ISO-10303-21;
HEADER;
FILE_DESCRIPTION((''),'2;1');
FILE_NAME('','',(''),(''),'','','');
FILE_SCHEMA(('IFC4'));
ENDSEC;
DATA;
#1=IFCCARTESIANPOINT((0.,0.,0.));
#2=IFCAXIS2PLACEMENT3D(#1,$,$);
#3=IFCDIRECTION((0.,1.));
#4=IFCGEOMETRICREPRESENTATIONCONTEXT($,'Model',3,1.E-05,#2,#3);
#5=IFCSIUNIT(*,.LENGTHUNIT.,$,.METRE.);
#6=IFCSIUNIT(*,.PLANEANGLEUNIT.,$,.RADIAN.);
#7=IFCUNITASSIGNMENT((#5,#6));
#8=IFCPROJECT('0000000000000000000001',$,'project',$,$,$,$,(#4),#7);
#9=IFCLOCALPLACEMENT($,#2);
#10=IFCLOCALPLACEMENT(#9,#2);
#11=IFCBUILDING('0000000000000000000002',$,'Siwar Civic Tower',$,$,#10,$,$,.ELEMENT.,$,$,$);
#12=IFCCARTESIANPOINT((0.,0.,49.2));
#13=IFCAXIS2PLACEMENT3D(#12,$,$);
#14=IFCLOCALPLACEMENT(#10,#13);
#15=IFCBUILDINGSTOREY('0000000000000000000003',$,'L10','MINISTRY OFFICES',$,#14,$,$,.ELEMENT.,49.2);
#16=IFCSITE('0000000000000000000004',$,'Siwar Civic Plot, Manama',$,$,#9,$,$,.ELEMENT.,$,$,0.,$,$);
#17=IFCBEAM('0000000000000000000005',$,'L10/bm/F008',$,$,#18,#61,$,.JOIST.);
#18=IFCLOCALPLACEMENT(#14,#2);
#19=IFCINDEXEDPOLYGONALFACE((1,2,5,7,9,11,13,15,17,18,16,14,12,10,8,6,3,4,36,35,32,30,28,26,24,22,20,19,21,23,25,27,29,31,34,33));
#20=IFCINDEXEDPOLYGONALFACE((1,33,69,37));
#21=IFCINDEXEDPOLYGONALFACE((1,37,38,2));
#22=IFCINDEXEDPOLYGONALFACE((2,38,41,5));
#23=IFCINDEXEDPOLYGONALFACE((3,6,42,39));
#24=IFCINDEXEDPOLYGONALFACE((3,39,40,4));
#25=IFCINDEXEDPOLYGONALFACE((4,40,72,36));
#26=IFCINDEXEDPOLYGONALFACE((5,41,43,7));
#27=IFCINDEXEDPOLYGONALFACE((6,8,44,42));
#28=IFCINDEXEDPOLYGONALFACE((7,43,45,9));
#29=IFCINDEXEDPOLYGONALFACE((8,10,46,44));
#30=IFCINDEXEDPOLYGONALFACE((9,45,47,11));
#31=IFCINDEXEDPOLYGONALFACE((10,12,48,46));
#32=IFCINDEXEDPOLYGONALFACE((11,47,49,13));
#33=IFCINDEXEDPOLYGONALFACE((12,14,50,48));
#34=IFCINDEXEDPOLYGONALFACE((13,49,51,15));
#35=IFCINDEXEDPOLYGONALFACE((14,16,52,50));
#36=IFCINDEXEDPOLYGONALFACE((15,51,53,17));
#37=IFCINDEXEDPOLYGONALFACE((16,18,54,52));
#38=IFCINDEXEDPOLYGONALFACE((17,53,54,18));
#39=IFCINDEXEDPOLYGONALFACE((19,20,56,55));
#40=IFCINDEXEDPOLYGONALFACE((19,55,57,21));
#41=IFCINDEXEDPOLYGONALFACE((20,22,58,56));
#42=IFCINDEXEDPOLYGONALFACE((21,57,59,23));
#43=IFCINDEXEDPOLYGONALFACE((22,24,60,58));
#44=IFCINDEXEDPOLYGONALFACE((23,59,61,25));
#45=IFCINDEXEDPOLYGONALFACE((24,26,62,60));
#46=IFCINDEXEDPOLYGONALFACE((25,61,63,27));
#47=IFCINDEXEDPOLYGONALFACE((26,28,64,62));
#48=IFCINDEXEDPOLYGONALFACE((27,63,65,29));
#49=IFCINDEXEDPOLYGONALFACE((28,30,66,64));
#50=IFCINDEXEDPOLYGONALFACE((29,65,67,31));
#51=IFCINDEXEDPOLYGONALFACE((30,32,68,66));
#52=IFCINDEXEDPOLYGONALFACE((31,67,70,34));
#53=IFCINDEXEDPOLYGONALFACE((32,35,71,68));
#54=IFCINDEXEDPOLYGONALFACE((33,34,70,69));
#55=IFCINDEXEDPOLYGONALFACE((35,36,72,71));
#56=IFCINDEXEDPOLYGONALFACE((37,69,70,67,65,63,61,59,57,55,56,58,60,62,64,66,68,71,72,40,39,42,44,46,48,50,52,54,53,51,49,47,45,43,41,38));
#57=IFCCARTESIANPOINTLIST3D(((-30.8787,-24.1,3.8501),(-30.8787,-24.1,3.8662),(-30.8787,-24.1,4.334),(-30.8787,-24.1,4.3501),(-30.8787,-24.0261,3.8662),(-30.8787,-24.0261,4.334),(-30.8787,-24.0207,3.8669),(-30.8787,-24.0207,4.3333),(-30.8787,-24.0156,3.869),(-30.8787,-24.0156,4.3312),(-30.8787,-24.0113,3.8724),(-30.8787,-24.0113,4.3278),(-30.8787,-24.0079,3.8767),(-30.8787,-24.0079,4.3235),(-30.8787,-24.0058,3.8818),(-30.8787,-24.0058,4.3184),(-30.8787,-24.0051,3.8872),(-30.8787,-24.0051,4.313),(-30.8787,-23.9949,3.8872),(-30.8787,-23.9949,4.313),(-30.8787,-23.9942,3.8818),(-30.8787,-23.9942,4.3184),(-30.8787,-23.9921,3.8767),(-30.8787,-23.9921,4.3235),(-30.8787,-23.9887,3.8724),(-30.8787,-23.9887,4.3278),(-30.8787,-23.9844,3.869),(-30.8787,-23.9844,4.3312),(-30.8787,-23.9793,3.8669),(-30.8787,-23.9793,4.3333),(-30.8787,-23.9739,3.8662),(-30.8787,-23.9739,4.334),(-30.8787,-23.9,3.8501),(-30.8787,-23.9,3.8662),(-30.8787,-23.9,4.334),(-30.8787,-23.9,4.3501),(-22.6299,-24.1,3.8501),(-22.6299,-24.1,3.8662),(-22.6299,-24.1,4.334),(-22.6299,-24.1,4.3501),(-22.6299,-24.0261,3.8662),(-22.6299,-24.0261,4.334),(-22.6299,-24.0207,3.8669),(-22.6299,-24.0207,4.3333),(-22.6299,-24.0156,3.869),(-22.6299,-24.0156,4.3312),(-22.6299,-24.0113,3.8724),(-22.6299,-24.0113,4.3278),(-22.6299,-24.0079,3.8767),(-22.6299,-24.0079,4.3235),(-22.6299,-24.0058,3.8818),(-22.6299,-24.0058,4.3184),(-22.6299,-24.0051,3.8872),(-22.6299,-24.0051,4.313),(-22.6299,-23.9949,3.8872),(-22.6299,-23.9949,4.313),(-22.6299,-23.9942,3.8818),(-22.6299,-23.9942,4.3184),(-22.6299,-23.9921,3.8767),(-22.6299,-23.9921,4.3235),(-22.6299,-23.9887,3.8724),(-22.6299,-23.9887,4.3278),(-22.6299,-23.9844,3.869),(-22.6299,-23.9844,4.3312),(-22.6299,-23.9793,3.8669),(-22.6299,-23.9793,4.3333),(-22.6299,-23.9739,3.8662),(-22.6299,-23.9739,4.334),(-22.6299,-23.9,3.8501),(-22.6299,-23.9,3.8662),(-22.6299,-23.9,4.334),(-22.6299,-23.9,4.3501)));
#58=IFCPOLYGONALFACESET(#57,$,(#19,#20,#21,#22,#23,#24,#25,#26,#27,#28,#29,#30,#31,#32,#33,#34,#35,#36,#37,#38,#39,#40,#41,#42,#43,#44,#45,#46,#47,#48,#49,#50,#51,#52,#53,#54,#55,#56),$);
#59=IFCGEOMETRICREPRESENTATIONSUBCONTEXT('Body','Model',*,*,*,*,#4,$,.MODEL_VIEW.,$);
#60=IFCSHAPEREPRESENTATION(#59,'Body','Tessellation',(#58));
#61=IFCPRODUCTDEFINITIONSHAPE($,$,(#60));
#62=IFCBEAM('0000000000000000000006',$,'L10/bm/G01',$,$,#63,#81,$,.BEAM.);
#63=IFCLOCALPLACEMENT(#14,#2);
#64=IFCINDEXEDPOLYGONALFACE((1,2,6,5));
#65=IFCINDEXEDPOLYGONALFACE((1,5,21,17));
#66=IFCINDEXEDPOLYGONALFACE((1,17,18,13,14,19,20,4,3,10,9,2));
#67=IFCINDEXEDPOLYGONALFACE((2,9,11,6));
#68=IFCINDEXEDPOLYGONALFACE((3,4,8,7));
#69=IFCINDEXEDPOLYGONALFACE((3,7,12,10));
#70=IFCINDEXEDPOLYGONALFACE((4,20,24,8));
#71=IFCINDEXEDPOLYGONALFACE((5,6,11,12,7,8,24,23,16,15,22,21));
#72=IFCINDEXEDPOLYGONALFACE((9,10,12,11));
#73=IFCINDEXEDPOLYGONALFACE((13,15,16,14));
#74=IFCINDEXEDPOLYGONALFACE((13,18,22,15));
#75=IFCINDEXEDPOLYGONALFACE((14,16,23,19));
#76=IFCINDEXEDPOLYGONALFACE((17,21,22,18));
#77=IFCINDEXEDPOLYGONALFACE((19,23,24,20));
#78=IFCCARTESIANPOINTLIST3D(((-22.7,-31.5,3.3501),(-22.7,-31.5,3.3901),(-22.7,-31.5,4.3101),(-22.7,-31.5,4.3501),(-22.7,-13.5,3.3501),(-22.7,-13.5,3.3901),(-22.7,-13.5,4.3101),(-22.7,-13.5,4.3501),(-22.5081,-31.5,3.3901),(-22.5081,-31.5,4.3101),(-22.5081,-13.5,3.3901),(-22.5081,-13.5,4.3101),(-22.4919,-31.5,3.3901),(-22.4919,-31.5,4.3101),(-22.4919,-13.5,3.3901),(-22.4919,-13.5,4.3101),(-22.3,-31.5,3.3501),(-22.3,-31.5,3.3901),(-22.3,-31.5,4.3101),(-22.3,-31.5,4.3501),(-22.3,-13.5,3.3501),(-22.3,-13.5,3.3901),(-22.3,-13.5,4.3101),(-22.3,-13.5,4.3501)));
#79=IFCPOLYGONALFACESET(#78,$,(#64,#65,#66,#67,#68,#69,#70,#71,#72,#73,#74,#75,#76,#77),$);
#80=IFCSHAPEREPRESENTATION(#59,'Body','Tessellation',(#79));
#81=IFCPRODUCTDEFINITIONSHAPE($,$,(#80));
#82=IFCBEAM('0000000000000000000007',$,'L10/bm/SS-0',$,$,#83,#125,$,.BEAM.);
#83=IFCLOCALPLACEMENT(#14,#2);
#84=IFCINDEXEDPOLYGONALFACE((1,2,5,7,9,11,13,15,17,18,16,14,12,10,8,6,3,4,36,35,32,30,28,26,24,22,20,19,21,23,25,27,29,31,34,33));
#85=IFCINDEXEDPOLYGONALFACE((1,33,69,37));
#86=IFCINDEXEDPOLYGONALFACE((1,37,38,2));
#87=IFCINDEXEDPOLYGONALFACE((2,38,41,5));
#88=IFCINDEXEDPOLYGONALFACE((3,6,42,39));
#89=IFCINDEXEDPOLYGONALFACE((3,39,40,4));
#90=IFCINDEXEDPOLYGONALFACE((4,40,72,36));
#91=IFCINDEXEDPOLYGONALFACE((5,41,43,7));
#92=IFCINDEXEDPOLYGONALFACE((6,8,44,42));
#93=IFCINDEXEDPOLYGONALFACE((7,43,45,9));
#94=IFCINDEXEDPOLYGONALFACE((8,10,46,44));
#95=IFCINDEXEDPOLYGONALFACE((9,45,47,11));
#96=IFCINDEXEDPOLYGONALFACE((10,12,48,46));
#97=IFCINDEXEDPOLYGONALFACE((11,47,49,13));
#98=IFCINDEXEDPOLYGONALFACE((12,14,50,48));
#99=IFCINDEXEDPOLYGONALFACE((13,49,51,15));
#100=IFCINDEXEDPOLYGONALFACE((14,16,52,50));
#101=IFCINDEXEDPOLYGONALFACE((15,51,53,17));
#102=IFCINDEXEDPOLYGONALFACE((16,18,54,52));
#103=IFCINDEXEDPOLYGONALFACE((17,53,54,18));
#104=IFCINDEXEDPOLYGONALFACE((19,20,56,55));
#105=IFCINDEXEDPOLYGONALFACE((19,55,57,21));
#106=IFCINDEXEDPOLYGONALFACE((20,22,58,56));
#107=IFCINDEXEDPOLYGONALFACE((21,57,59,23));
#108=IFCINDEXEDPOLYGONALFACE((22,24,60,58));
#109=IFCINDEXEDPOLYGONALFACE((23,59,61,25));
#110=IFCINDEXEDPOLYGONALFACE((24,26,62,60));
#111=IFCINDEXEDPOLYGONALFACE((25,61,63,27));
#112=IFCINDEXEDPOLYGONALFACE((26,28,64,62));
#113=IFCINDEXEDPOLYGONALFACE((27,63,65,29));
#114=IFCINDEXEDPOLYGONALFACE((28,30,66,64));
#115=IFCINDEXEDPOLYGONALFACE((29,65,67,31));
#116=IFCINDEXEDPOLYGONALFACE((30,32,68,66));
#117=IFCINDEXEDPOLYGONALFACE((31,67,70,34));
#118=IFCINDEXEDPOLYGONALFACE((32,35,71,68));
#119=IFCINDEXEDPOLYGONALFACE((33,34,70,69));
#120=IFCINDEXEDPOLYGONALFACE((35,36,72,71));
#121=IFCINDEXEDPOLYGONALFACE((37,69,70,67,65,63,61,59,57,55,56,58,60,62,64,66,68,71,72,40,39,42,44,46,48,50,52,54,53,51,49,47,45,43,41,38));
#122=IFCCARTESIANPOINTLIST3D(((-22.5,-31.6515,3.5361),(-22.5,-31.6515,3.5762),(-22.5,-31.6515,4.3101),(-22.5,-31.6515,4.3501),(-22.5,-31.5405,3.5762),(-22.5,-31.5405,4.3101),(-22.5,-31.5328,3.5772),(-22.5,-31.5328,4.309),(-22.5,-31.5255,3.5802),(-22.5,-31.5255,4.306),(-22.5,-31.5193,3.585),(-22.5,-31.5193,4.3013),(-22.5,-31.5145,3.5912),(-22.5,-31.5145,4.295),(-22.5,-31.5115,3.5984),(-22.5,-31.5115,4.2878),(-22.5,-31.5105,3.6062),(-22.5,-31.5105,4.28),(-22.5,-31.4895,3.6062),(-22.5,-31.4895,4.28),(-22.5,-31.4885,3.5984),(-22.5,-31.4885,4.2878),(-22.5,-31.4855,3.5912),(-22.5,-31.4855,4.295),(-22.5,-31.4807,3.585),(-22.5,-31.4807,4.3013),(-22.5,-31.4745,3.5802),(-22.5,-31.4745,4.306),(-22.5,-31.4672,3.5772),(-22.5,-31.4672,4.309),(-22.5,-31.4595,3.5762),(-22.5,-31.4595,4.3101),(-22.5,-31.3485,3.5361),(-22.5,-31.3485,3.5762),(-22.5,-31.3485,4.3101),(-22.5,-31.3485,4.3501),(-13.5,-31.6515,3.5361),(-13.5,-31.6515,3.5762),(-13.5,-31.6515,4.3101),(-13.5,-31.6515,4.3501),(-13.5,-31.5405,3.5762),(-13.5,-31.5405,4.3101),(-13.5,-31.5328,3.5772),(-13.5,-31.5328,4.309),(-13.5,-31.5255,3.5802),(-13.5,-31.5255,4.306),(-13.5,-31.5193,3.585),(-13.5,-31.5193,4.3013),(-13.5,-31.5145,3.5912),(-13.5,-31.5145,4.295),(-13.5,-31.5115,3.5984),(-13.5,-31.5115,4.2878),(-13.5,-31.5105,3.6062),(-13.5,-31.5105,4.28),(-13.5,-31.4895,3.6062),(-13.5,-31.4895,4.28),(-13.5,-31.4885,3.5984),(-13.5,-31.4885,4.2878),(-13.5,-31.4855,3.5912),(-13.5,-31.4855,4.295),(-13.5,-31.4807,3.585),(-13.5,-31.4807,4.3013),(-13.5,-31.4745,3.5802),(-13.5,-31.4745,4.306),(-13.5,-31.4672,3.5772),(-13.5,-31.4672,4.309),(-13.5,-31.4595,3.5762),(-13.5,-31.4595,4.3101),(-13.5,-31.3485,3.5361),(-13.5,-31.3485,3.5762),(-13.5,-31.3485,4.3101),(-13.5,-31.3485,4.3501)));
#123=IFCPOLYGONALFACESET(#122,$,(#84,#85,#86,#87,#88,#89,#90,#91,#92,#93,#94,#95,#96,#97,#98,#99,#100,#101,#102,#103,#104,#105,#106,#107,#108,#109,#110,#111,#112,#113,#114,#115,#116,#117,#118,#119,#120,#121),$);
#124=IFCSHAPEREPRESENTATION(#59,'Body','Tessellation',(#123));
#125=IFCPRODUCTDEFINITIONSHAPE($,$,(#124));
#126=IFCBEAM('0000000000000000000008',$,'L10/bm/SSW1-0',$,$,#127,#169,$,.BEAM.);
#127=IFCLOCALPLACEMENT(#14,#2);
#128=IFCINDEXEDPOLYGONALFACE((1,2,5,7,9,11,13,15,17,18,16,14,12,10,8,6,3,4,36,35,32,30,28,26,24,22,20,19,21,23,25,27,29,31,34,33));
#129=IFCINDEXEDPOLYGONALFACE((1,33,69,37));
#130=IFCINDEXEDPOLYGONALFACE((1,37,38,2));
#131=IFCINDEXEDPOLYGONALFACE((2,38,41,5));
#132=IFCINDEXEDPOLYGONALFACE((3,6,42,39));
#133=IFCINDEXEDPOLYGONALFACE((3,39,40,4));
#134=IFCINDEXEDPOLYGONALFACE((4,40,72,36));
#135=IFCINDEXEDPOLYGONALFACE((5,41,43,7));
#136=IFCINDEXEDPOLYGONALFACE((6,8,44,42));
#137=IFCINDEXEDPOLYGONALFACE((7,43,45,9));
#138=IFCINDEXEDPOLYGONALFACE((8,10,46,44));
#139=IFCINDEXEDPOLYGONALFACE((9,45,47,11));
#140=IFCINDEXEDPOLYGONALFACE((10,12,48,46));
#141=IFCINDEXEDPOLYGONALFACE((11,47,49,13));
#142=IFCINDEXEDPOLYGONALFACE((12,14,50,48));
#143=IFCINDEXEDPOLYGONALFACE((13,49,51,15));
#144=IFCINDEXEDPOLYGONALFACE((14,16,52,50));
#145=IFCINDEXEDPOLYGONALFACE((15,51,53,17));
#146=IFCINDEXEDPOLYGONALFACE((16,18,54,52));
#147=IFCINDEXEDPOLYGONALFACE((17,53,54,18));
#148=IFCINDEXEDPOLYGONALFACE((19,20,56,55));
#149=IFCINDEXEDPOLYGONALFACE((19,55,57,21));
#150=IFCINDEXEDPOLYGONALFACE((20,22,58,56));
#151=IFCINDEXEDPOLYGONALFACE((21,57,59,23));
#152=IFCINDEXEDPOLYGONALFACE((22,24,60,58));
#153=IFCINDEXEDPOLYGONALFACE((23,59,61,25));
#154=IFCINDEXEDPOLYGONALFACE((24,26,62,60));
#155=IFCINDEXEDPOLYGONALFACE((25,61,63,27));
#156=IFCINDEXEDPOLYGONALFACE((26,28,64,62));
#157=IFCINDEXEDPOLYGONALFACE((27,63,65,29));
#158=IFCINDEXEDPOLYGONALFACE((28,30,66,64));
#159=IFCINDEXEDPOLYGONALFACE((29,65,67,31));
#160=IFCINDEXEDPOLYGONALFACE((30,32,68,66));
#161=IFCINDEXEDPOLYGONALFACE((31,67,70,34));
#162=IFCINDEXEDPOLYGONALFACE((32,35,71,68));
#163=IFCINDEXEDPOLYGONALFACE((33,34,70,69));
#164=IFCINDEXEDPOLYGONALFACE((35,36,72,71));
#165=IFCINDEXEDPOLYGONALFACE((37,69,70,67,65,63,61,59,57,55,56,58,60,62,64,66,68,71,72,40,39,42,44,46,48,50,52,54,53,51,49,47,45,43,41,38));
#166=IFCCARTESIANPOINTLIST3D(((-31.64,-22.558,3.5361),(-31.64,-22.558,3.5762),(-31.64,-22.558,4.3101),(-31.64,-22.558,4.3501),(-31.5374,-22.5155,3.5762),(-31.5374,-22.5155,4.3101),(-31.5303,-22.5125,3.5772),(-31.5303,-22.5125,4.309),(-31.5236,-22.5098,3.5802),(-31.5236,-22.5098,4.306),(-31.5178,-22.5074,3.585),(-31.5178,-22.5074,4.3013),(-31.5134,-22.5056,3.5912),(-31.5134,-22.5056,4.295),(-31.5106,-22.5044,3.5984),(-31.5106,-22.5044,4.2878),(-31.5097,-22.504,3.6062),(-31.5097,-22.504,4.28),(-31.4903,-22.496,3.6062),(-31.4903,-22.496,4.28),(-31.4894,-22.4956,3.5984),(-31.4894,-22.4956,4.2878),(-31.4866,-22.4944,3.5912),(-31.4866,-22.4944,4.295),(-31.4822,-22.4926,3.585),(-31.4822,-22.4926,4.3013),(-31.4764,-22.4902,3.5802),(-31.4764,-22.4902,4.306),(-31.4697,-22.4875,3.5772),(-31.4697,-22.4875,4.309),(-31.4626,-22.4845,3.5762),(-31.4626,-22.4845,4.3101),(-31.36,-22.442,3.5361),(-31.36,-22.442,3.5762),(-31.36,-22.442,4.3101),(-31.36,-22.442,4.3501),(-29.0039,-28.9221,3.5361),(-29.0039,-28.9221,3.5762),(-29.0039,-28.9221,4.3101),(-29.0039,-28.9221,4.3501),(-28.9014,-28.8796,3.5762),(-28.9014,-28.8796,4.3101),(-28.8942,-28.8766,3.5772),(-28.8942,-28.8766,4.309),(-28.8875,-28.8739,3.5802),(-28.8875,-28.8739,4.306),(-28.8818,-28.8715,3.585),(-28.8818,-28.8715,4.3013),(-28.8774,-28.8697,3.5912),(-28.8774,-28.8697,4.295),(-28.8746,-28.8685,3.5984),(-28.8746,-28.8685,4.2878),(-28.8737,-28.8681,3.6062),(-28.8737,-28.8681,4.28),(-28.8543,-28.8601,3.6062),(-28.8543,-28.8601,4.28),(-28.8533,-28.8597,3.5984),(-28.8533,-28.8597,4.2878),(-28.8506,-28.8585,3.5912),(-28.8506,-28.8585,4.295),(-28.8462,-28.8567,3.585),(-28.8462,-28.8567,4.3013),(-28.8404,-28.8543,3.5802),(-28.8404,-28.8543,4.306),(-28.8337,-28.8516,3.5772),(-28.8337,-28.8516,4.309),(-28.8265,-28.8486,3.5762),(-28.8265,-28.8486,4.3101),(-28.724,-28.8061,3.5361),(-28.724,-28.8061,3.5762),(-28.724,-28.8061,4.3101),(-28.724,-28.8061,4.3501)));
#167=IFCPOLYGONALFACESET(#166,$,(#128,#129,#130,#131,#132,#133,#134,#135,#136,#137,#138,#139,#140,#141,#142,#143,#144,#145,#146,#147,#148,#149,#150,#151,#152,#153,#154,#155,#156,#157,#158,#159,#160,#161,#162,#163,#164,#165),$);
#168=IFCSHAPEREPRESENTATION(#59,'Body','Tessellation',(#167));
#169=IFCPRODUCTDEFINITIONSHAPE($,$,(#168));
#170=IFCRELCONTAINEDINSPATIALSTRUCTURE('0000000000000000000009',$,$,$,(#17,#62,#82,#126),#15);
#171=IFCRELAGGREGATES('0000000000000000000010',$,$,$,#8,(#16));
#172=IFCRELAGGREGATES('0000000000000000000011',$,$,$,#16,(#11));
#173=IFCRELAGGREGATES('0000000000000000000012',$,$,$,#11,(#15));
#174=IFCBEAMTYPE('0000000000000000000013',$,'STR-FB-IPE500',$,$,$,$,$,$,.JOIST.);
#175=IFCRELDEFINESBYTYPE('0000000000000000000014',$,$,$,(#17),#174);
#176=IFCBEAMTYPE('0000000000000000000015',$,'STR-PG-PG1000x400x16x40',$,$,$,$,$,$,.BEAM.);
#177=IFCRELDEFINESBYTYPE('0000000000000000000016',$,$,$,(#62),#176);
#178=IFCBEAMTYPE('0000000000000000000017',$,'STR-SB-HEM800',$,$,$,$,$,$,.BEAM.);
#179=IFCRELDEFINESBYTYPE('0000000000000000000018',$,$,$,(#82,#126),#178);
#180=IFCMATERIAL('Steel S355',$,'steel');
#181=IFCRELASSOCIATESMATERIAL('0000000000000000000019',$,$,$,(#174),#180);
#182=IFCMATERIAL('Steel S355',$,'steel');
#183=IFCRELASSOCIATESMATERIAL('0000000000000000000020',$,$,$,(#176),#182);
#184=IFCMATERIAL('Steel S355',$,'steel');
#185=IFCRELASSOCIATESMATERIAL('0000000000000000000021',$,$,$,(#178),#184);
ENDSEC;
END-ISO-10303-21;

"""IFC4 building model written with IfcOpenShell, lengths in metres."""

from ifc_helpers import new_model, si_unit, direction, frame, origin, origin_2d, place, context, subcontext, project, spatial, i_section, extrude, material, material_profile, profile_set, type_object, element, save


model = new_model("IFC4")

# Units and contexts
model_context = context("Model", 3, precision=1e-05, world=origin(), true_north=direction((0.0, 1.0)))
body_context = subcontext(model_context, "Body", "Model", "MODEL_VIEW")
ifc_project = project(units=[si_unit("LENGTHUNIT", "METRE"), si_unit("PLANEANGLEUNIT", "RADIAN")], contexts=[model_context])

# Site, building, storey
site_placement = place(None, origin())
site = spatial("IfcSite", under=ifc_project, at=site_placement, Name="Siwar Civic Plot, Manama", CompositionType="ELEMENT", RefElevation=0.0)
building_placement = place(site_placement, origin())
building = spatial("IfcBuilding", under=site, at=building_placement, Name="Siwar Civic Tower", CompositionType="ELEMENT")
storey_placement = place(building_placement, frame((0.0, 0.0, 49.2)))
storey = spatial("IfcBuildingStorey", under=building, at=storey_placement, Name="L10", Description="MINISTRY OFFICES", CompositionType="ELEMENT", Elevation=49.2)

# Beams
ifc_material_1 = material(Name="Steel S355", Category="steel")
ifc_material_profile_1 = material_profile(ifc_material_1, i_section(OverallWidth=0.2, OverallDepth=0.5, WebThickness=0.0103, FlangeThickness=0.0161, FilletRadius=0.021, at=origin_2d()), Name="IPE500")
ifc_profile_set_1 = profile_set([ifc_material_profile_1], Name="Steel S355")
beam_type_1 = type_object("IfcBeamType", Name="STR-FB-IPE500", PredefinedType="JOIST", material=ifc_profile_set_1)
beam_1_placement = place(storey_placement, frame((-30.8787, -24.0, 4.1001), z_axis=(1.0, 0.0, 0.0), x_axis=(0.0, 1.0, 0.0)))
element("IfcBeam", 1, at=beam_1_placement, inside=storey, type_object=beam_type_1, Name="L10/bm/F008", PredefinedType="JOIST", context=body_context, shape_type="SweptSolid", body=[
    extrude(i_section(OverallWidth=0.2, OverallDepth=0.5, WebThickness=0.0103, FlangeThickness=0.0161, FilletRadius=0.021, at=origin_2d()), origin(), (0.0, 0.0, 1.0), 8.2488),
])
ifc_material_2 = material(Name="Steel S355", Category="steel")
ifc_material_profile_2 = material_profile(ifc_material_2, i_section(OverallWidth=0.3999, OverallDepth=1.0, WebThickness=0.0161, FlangeThickness=0.04, at=origin_2d()), Name="PG1000x400x16x40")
ifc_profile_set_2 = profile_set([ifc_material_profile_2], Name="Steel S355")
beam_type_2 = type_object("IfcBeamType", Name="STR-PG-PG1000x400x16x40", PredefinedType="BEAM", material=ifc_profile_set_2)
beam_2_placement = place(storey_placement, frame((-22.5, -31.5, 3.8501), z_axis=(0.0, 1.0, 0.0), x_axis=(-1.0, 0.0, 0.0)))
element("IfcBeam", 2, at=beam_2_placement, inside=storey, type_object=beam_type_2, Name="L10/bm/G01", PredefinedType="BEAM", context=body_context, shape_type="SweptSolid", body=[
    extrude(i_section(OverallWidth=0.3999, OverallDepth=1.0, WebThickness=0.0161, FlangeThickness=0.04, at=origin_2d()), origin(), (0.0, 0.0, 1.0), 18.0),
])
ifc_material_3 = material(Name="Steel S355", Category="steel")
ifc_material_profile_3 = material_profile(ifc_material_3, i_section(OverallWidth=0.303, OverallDepth=0.814, WebThickness=0.021, FlangeThickness=0.04, FilletRadius=0.03, at=origin_2d()), Name="HEM800")
ifc_profile_set_3 = profile_set([ifc_material_profile_3], Name="Steel S355")
beam_type_3 = type_object("IfcBeamType", Name="STR-SB-HEM800", PredefinedType="BEAM", material=ifc_profile_set_3)
beam_3_placement = place(storey_placement, frame((-22.5, -31.5, 3.9431), z_axis=(1.0, 0.0, 0.0), x_axis=(0.0, 1.0, 0.0)))
element("IfcBeam", 3, at=beam_3_placement, inside=storey, type_object=beam_type_3, Name="L10/bm/SS-0", PredefinedType="BEAM", context=body_context, shape_type="SweptSolid", body=[
    extrude(i_section(OverallWidth=0.303, OverallDepth=0.814, WebThickness=0.021, FlangeThickness=0.04, FilletRadius=0.03, at=origin_2d()), origin(), (0.0, 0.0, 1.0), 9.0),
])
for number, where, z_axis, x_axis, name in (
    (4, (-31.5, -22.5, 3.9431), (0.382674, -0.923883, 0.0), (0.923883, 0.382674, 0.0), "L10/bm/SSW1-0"),
):
    element("IfcBeam", number, at=place(storey_placement, frame(where, z_axis=z_axis, x_axis=x_axis)), inside=storey, type_object=beam_type_3, Name=name, PredefinedType="BEAM", context=body_context, shape_type="SweptSolid", body=[
        extrude(i_section(OverallWidth=0.303, OverallDepth=0.814, WebThickness=0.021, FlangeThickness=0.04, FilletRadius=0.03, at=origin_2d()), origin(), (0.0, 0.0, 1.0), 6.8884),
    ])

save(model, "model.ifc")
